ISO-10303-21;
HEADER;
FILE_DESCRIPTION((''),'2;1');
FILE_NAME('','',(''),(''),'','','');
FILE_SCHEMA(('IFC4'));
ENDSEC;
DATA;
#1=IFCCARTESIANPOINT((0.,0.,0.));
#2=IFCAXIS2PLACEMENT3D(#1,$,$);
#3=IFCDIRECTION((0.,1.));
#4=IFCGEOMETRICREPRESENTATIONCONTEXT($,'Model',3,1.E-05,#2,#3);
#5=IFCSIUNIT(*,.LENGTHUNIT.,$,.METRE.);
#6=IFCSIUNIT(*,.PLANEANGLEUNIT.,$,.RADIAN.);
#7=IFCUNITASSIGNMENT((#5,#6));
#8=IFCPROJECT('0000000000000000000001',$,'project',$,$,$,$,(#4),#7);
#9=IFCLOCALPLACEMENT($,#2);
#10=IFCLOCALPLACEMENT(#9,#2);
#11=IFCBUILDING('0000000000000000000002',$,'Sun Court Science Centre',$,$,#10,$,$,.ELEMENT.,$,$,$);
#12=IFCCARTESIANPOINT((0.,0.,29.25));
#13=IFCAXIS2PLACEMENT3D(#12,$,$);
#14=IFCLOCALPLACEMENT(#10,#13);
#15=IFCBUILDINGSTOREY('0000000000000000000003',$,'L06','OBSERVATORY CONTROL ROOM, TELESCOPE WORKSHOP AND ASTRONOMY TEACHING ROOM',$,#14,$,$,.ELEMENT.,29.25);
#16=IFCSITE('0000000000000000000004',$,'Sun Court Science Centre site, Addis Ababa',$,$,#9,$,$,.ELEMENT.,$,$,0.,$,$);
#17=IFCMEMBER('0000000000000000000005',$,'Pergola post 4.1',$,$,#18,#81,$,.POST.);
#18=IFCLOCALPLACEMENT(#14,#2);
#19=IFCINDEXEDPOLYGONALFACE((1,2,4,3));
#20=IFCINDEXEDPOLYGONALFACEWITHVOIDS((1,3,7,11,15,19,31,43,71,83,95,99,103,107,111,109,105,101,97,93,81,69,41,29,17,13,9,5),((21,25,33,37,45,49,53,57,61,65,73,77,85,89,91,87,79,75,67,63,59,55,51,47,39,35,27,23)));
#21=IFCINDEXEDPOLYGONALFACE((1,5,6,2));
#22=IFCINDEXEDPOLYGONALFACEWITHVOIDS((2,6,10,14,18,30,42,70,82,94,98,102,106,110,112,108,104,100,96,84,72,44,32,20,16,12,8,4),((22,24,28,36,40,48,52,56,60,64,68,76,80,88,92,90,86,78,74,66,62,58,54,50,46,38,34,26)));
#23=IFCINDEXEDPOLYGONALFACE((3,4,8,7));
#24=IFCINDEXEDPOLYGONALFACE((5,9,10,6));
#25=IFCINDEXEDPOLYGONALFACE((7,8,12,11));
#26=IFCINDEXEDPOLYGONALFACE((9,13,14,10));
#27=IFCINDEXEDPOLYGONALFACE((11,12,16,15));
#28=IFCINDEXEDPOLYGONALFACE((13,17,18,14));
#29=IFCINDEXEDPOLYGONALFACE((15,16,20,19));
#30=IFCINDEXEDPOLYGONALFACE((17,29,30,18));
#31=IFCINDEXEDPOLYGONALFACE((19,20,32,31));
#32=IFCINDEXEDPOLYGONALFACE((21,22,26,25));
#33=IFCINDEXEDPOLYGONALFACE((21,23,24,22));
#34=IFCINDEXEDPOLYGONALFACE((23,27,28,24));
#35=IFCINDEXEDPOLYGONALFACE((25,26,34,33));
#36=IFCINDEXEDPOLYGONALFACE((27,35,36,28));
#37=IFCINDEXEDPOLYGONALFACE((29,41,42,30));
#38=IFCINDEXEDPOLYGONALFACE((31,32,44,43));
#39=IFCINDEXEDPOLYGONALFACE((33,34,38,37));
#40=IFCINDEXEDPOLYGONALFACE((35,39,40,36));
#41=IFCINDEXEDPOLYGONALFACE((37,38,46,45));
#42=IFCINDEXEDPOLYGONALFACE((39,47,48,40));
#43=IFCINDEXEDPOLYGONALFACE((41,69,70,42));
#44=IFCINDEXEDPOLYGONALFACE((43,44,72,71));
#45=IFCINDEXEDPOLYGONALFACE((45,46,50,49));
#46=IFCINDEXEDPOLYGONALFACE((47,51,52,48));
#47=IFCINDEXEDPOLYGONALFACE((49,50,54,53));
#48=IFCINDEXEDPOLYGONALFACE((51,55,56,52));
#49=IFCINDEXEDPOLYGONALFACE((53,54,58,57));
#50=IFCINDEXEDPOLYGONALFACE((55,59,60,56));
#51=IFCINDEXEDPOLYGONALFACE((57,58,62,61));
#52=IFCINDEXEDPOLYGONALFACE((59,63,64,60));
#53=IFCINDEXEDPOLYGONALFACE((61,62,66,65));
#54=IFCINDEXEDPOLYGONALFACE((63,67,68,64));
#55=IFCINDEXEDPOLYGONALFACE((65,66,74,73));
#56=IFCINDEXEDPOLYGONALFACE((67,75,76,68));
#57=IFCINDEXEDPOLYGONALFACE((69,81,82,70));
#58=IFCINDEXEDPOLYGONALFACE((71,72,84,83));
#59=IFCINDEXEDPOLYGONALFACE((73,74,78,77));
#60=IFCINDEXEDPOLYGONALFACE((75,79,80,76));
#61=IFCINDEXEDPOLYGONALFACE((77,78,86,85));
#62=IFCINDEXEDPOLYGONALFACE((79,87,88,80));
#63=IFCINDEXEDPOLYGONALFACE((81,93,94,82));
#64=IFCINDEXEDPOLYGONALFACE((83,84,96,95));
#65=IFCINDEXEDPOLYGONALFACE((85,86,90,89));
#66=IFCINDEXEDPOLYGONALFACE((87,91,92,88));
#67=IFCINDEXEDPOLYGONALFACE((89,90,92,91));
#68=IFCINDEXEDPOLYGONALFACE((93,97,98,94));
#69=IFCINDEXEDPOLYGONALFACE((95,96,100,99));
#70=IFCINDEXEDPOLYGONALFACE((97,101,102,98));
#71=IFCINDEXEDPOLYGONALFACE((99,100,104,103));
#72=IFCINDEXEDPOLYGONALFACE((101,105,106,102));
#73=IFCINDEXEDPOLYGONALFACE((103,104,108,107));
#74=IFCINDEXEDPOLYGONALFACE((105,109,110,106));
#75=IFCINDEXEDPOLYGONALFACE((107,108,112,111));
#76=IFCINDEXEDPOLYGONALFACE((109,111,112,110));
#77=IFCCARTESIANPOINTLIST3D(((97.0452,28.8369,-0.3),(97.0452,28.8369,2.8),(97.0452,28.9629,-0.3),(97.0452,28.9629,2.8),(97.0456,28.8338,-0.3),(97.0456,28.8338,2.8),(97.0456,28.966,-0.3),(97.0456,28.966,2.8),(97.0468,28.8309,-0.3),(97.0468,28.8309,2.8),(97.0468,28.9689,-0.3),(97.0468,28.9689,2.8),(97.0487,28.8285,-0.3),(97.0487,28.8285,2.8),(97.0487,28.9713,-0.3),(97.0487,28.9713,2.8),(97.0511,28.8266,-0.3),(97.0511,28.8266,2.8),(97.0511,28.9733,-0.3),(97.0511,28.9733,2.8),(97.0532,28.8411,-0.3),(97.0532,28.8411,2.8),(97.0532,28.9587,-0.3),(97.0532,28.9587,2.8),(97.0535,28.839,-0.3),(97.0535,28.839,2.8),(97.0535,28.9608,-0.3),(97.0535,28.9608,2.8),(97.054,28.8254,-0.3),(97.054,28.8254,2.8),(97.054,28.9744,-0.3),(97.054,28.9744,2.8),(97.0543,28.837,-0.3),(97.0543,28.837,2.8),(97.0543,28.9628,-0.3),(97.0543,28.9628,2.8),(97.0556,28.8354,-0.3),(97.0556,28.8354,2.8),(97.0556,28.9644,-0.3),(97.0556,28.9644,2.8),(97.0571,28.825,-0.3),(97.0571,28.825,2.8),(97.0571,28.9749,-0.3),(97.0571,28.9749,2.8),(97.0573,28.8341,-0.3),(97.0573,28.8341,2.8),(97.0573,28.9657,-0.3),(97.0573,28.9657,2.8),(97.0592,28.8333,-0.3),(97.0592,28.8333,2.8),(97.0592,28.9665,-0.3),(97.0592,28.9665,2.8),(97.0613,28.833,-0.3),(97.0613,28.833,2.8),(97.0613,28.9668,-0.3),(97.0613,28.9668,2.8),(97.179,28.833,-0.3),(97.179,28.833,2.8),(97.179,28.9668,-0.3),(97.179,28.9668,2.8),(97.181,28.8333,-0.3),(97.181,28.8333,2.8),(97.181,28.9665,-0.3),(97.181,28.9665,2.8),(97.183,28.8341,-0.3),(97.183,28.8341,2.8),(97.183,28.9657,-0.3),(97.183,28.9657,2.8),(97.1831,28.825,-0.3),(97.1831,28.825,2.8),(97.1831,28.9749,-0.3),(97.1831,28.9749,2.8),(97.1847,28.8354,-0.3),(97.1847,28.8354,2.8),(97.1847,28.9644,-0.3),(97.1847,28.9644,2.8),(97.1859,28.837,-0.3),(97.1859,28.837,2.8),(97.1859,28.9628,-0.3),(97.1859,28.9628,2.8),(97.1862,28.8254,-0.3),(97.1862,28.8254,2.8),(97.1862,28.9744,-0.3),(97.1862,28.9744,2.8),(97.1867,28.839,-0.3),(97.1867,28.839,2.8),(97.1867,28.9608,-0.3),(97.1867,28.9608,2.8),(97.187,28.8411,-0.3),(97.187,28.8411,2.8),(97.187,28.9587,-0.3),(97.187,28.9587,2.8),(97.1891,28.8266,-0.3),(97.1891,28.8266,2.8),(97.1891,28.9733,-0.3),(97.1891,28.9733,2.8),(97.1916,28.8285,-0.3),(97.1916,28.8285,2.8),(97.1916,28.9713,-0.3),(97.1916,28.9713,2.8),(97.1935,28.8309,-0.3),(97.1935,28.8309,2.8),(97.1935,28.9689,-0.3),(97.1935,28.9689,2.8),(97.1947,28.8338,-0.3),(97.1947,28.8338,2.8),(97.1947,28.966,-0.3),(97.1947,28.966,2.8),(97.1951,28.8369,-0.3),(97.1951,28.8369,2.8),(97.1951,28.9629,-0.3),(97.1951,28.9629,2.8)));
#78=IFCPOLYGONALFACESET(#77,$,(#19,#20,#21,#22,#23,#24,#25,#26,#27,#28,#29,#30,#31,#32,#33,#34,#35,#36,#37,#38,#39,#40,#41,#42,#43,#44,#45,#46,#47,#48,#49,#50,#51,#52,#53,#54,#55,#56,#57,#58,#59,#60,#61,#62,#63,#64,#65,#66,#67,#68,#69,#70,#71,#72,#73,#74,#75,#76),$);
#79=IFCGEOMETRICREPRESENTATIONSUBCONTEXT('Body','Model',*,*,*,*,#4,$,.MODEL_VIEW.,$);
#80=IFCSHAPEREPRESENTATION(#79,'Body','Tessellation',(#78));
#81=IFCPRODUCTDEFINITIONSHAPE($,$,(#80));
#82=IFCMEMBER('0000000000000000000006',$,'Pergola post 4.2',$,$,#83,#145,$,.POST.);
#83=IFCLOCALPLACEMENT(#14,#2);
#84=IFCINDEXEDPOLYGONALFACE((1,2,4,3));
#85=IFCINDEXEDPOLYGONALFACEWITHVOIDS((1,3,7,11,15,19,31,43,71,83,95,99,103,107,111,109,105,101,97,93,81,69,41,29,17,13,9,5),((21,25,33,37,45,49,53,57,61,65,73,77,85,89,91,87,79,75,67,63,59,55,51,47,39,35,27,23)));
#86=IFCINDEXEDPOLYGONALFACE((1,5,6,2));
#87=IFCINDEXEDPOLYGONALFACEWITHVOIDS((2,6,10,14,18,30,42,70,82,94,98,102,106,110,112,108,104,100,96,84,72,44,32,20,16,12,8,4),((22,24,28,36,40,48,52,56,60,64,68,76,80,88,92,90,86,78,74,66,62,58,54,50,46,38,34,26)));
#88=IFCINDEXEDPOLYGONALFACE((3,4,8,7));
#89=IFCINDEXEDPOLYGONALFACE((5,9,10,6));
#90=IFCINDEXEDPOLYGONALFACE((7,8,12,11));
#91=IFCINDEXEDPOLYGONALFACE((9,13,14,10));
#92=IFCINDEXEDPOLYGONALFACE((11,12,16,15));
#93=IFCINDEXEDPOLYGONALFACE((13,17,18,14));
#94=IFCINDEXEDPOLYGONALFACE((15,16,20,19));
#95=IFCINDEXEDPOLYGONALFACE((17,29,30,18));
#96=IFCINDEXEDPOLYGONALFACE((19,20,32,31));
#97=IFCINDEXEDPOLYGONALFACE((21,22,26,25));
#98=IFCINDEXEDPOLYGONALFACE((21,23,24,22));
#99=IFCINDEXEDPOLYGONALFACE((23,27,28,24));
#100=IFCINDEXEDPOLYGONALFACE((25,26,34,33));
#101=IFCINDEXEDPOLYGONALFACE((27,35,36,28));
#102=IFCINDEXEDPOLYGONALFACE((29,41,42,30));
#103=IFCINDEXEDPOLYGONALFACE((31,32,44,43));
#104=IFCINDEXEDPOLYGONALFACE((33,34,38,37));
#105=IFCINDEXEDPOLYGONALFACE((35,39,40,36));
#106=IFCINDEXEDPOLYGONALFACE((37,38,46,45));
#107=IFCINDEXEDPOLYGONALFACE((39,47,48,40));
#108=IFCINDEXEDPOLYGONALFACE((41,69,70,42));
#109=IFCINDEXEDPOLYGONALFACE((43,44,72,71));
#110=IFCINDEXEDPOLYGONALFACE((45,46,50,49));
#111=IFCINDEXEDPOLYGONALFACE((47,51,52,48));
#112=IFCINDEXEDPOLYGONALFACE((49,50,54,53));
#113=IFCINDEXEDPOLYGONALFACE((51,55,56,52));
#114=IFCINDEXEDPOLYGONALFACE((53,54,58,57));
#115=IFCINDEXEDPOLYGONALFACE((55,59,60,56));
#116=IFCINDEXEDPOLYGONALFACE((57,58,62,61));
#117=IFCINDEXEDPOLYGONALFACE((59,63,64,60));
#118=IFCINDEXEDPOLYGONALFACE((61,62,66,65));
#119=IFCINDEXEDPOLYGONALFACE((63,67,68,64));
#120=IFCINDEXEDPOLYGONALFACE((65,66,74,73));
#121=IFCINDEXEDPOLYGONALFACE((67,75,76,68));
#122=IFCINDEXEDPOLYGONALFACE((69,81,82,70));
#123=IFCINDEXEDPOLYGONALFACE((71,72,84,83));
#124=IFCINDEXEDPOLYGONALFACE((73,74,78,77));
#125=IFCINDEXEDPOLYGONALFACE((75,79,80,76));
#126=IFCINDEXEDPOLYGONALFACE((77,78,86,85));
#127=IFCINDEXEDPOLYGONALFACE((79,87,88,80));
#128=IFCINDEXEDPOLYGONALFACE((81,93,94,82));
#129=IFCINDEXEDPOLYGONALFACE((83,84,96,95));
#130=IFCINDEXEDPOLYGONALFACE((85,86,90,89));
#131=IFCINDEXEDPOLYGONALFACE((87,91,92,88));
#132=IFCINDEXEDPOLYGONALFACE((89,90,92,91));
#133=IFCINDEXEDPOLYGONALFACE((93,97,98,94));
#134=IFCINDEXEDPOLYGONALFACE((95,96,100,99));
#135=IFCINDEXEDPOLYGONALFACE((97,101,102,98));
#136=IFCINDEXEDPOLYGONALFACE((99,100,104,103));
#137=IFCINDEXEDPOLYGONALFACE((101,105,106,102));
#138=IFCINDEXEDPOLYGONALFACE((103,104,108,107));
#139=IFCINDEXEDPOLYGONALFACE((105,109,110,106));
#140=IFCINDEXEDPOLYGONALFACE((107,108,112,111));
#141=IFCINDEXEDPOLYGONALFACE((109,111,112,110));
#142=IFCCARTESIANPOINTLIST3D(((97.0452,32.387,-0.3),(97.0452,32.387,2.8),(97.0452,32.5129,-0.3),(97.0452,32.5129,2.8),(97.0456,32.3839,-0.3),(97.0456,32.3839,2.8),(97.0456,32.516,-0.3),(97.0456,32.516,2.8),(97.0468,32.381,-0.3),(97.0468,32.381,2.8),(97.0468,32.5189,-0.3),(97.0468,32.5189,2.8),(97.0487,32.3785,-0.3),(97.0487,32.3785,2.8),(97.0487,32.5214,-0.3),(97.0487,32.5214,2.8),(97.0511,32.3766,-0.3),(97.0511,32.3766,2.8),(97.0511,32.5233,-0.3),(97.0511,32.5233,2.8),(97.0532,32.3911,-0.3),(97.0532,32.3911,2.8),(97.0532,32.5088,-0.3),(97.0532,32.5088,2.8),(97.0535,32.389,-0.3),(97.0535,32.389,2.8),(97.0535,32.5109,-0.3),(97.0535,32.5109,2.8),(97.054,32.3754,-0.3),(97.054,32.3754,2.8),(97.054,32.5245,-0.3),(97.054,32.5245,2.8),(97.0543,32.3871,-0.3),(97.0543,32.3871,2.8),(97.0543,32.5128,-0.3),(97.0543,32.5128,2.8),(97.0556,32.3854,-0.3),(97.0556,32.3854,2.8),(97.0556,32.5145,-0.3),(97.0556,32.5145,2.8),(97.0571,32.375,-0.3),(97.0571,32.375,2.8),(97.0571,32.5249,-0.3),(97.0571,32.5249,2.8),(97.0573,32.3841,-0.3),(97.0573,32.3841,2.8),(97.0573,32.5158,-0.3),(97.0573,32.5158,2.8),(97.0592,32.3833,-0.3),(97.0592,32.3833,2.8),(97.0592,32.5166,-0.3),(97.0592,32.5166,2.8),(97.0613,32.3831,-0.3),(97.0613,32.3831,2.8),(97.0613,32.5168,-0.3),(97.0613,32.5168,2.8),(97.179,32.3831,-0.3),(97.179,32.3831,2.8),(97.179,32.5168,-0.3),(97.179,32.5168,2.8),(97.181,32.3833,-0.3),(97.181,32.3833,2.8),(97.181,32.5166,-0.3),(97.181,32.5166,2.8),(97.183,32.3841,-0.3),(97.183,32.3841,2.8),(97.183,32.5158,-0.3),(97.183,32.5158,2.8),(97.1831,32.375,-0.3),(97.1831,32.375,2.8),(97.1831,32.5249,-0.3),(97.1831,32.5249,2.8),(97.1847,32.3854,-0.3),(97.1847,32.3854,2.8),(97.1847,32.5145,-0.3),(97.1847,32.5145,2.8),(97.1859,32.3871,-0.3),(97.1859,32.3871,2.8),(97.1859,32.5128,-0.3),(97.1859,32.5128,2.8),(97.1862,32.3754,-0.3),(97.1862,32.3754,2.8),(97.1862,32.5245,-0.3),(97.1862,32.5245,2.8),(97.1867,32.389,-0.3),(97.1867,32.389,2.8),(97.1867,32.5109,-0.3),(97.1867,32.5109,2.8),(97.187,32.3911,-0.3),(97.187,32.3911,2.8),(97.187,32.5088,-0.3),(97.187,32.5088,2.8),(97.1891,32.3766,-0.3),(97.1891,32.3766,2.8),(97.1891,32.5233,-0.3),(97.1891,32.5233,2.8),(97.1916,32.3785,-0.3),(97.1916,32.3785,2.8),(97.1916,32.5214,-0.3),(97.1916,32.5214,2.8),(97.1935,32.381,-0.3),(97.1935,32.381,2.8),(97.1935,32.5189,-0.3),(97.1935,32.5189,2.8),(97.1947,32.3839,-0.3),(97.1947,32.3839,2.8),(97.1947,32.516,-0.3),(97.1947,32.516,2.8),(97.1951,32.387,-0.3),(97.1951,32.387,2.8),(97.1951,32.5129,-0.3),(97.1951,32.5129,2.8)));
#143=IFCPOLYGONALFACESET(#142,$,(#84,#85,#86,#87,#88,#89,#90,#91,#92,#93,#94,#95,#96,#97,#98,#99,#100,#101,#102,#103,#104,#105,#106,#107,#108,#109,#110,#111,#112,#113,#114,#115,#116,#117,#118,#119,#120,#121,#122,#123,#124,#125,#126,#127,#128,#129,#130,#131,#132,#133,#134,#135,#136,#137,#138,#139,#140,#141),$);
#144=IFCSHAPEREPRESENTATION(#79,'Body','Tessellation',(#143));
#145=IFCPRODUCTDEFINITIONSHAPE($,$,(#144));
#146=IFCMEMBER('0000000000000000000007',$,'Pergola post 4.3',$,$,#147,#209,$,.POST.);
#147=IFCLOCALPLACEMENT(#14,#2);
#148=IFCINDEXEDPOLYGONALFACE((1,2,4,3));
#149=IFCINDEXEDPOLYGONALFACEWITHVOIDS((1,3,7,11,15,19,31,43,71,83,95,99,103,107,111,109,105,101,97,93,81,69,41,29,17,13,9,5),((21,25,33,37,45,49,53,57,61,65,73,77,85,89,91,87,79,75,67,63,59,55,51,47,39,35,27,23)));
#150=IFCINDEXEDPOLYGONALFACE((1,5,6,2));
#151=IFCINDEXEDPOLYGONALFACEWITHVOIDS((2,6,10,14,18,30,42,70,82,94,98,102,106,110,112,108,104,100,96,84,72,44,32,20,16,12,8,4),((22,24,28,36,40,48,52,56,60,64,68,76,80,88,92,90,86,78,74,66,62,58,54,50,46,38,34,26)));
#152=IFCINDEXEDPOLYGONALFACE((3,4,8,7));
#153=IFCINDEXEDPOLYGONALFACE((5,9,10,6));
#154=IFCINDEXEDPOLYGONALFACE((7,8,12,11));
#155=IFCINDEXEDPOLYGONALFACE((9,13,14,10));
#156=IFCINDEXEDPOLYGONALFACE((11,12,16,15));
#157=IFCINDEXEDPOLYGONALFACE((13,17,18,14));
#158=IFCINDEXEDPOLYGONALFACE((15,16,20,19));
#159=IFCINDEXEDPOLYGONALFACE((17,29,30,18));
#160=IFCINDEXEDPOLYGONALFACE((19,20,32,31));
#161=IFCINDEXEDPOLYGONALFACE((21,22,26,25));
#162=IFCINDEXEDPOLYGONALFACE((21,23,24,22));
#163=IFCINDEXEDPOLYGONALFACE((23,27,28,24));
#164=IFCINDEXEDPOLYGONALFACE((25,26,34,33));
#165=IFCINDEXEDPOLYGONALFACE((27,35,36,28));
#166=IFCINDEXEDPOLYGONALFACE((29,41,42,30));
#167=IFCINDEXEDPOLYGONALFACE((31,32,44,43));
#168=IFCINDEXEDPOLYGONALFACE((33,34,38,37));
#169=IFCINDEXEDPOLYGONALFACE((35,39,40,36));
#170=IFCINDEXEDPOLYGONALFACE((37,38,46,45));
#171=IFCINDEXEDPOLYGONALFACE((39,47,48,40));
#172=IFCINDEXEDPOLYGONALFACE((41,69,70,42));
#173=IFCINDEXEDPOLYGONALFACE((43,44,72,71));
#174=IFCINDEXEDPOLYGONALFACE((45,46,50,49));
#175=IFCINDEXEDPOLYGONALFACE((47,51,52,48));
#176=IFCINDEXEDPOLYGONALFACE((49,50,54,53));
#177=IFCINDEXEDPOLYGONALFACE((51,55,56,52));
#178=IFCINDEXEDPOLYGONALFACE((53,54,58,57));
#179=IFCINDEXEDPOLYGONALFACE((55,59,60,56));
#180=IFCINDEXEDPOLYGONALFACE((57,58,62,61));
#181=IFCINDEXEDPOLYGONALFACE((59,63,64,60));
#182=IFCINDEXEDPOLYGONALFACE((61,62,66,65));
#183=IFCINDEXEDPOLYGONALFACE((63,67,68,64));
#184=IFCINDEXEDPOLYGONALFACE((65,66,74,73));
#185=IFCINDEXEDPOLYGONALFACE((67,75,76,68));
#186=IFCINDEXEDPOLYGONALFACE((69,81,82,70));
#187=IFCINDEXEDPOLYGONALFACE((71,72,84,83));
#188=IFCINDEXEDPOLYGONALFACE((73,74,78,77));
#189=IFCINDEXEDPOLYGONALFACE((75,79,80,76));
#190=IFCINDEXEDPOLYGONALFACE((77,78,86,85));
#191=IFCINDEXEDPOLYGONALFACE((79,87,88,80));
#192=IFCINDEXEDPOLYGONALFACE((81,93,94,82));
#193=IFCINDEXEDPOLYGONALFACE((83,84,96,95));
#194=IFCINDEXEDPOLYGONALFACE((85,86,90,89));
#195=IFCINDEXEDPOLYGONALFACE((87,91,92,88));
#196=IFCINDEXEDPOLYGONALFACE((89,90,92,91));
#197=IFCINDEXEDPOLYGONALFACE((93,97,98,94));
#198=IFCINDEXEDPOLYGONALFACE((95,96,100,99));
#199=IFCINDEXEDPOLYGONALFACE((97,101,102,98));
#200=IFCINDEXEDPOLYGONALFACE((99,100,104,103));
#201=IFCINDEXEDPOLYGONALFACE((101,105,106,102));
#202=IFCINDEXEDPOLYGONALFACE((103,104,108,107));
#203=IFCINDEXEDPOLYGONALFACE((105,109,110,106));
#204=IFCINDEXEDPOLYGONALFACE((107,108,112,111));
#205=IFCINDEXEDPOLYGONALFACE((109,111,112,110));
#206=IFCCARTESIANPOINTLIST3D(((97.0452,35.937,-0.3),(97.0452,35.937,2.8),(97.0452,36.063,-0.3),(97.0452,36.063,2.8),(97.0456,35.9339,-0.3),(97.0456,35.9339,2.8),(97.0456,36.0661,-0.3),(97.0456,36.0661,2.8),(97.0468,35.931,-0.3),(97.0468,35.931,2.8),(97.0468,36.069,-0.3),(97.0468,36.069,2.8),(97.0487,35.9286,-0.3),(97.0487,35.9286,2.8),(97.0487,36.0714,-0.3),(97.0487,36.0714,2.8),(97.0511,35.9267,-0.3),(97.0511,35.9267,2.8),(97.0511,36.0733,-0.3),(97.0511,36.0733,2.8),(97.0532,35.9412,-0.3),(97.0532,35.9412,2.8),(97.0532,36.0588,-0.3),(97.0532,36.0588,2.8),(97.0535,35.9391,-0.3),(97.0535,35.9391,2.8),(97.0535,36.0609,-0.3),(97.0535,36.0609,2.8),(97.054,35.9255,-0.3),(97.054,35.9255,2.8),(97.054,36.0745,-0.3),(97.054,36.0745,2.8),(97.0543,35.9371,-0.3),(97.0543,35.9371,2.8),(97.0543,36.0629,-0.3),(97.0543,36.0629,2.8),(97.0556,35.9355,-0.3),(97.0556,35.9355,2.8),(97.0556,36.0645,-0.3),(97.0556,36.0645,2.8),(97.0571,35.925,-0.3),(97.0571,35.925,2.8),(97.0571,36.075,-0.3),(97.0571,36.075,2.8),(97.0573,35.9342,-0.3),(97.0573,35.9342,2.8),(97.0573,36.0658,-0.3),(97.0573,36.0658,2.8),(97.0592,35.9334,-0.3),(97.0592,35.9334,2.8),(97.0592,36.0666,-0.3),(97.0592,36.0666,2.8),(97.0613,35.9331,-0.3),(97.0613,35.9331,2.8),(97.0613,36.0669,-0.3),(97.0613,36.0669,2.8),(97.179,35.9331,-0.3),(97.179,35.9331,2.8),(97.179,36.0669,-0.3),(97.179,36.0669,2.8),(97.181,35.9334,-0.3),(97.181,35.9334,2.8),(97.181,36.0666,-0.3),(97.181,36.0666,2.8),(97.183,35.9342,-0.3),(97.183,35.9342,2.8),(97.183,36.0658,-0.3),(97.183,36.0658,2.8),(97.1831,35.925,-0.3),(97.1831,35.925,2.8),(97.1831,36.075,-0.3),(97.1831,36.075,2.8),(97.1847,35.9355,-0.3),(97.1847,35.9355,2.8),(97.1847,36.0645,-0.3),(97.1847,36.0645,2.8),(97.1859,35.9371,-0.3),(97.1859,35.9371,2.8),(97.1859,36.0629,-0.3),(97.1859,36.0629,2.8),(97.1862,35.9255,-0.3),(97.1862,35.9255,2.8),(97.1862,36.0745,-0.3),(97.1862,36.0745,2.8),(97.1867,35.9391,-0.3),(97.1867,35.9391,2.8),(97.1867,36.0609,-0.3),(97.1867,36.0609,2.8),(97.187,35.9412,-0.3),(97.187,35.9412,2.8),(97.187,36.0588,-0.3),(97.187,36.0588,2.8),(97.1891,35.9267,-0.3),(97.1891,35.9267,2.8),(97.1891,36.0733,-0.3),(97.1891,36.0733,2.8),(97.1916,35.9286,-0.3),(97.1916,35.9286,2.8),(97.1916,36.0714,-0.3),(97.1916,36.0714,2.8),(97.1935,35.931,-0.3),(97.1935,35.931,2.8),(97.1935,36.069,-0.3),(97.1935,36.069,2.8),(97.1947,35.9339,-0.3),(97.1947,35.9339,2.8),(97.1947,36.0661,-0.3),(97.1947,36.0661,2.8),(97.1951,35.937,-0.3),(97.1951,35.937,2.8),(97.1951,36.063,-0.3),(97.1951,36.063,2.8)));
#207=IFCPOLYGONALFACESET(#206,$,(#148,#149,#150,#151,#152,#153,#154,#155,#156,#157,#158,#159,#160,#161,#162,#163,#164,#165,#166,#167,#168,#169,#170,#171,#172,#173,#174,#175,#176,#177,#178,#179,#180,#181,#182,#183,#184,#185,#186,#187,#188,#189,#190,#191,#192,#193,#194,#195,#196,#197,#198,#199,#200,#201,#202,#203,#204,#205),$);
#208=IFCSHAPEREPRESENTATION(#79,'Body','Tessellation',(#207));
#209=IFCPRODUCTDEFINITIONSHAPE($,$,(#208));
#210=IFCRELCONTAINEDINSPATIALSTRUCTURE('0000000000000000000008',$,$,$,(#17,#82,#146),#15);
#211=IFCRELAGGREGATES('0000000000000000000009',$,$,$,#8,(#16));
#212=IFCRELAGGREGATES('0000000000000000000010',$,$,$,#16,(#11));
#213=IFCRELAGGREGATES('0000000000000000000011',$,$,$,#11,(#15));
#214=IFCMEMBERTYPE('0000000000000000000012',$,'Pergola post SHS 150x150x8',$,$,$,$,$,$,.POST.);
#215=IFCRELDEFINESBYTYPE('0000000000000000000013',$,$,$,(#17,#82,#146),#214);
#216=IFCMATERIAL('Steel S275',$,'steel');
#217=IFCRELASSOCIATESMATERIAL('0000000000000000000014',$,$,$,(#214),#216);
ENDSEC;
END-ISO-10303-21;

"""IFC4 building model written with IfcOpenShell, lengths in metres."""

from ifc_helpers import new_model, si_unit, direction, frame, origin, origin_2d, place, context, subcontext, project, spatial, hollow_rectangle, extrude, material, material_profile, profile_set, type_object, element, save


model = new_model("IFC4")

# Units and contexts
model_context = context("Model", 3, precision=1e-05, world=origin(), true_north=direction((0.0, 1.0)))
body_context = subcontext(model_context, "Body", "Model", "MODEL_VIEW")
ifc_project = project(units=[si_unit("LENGTHUNIT", "METRE"), si_unit("PLANEANGLEUNIT", "RADIAN")], contexts=[model_context])

# Site, building, storey
site_placement = place(None, origin())
site = spatial("IfcSite", under=ifc_project, at=site_placement, Name="Sun Court Science Centre site, Addis Ababa", CompositionType="ELEMENT", RefElevation=0.0)
building_placement = place(site_placement, origin())
building = spatial("IfcBuilding", under=site, at=building_placement, Name="Sun Court Science Centre", CompositionType="ELEMENT")
storey_placement = place(building_placement, frame((0.0, 0.0, 29.25)))
storey = spatial("IfcBuildingStorey", under=building, at=storey_placement, Name="L06", Description="OBSERVATORY CONTROL ROOM, TELESCOPE WORKSHOP AND ASTRONOMY TEACHING ROOM", CompositionType="ELEMENT", Elevation=29.25)

# Members
ifc_material_1 = material(Name="Steel S275", Category="steel")
ifc_material_profile_1 = material_profile(ifc_material_1, hollow_rectangle(XDim=0.1499, YDim=0.1499, WallThickness=0.0081, InnerFilletRadius=0.0081, OuterFilletRadius=0.012, at=origin_2d()), Name="SHS 150x150x8")
ifc_profile_set_1 = profile_set([ifc_material_profile_1], Name="Steel S275")
member_type_1 = type_object("IfcMemberType", Name="Pergola post SHS 150x150x8", PredefinedType="POST", material=ifc_profile_set_1)
for number, where, z_axis, x_axis, name in (
    (1, (97.1201, 28.8999, -0.3), (0.0, 0.0, 1.0), (1.0, 0.0, 0.0), "Pergola post 4.1"),
    (2, (97.1201, 32.45, -0.3), (0.0, 0.0, 1.0), (1.0, 0.0, 0.0), "Pergola post 4.2"),
    (3, (97.1201, 36.0, -0.3), (0.0, 0.0, 1.0), (1.0, 0.0, 0.0), "Pergola post 4.3"),
):
    element("IfcMember", number, at=place(storey_placement, frame(where, z_axis=z_axis, x_axis=x_axis)), inside=storey, type_object=member_type_1, Name=name, PredefinedType="POST", context=body_context, shape_type="SweptSolid", body=[
        extrude(hollow_rectangle(XDim=0.1499, YDim=0.1499, WallThickness=0.0081, InnerFilletRadius=0.0081, OuterFilletRadius=0.012, at=origin_2d()), origin(), (0.0, 0.0, 1.0), 3.1001),
    ])

save(model, "model.ifc")
